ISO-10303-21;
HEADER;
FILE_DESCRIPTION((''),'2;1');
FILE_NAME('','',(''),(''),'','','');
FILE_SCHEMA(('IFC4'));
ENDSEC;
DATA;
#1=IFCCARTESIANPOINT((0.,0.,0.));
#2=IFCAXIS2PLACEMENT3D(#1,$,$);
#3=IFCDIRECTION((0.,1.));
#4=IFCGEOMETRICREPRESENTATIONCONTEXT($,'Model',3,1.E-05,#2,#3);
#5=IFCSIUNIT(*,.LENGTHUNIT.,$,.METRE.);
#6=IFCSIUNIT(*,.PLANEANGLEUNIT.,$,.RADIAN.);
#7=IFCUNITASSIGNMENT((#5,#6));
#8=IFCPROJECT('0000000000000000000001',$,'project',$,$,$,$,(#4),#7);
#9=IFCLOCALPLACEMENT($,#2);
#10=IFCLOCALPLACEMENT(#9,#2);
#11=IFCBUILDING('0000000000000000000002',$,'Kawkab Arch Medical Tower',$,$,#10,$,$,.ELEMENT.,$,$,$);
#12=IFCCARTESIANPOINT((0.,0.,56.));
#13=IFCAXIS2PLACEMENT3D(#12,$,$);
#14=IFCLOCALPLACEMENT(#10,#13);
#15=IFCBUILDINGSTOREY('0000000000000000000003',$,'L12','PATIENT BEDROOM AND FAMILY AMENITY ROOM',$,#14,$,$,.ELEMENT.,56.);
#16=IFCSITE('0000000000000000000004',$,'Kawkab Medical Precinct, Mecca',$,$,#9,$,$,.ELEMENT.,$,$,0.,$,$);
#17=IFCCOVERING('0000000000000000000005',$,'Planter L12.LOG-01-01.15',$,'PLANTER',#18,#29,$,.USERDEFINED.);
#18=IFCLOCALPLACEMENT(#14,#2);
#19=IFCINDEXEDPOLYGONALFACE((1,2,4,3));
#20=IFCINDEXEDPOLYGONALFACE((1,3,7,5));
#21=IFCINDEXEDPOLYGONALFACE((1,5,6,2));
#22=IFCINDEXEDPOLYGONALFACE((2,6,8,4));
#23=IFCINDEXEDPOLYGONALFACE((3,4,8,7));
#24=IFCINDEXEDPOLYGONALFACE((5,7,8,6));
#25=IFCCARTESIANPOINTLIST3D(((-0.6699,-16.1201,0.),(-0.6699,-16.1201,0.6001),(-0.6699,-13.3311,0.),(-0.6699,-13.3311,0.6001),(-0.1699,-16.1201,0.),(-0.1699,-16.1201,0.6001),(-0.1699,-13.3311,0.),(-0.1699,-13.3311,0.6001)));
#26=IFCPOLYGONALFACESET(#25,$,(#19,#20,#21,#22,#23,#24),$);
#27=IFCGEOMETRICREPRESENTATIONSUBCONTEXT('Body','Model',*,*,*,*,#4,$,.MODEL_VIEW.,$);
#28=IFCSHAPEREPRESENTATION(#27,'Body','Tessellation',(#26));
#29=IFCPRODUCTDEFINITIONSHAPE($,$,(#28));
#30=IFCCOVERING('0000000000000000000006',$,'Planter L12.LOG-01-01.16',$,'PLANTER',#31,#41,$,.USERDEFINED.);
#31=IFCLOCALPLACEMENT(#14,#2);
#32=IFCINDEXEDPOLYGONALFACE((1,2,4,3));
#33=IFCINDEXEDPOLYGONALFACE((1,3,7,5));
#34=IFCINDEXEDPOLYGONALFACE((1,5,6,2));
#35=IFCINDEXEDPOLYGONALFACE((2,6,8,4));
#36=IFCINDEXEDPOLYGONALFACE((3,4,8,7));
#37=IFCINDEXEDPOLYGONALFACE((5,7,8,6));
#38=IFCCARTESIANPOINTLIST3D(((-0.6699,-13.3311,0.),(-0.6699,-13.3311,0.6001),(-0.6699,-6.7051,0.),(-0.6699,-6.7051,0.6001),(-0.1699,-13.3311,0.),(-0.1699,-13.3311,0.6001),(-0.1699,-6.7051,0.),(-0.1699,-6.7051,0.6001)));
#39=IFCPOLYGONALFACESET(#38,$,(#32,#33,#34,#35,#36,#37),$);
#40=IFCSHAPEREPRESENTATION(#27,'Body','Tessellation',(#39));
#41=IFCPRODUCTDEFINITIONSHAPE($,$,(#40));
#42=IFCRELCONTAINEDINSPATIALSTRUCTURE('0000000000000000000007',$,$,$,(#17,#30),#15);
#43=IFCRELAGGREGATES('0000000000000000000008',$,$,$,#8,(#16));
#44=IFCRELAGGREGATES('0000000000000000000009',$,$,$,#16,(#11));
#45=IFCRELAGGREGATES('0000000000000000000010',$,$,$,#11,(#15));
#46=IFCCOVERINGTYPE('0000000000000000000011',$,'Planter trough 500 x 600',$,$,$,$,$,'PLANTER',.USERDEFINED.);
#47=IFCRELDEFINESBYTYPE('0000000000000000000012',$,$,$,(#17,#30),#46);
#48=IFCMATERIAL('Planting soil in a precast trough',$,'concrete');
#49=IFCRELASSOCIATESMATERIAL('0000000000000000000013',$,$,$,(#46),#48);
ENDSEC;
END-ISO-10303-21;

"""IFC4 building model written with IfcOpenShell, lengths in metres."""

from ifc_helpers import new_model, si_unit, direction, frame, origin, origin_2d, place, context, subcontext, project, spatial, rectangle, extrude, material, material_profile, profile_set, type_object, element, save


model = new_model("IFC4")

# Units and contexts
model_context = context("Model", 3, precision=1e-05, world=origin(), true_north=direction((0.0, 1.0)))
body_context = subcontext(model_context, "Body", "Model", "MODEL_VIEW")
ifc_project = project(units=[si_unit("LENGTHUNIT", "METRE"), si_unit("PLANEANGLEUNIT", "RADIAN")], contexts=[model_context])

# Site, building, storey
site_placement = place(None, origin())
site = spatial("IfcSite", under=ifc_project, at=site_placement, Name="Kawkab Medical Precinct, Mecca", CompositionType="ELEMENT", RefElevation=0.0)
building_placement = place(site_placement, origin())
building = spatial("IfcBuilding", under=site, at=building_placement, Name="Kawkab Arch Medical Tower", CompositionType="ELEMENT")
storey_placement = place(building_placement, frame((0.0, 0.0, 56.0)))
storey = spatial("IfcBuildingStorey", under=building, at=storey_placement, Name="L12", Description="PATIENT BEDROOM AND FAMILY AMENITY ROOM", CompositionType="ELEMENT", Elevation=56.0)

# Coverings
ifc_material_1 = material(Name="Planting soil in a precast trough", Category="concrete")
ifc_material_profile_1 = material_profile(ifc_material_1, rectangle(XDim=0.5, YDim=0.6001, at=origin_2d()), Name="Trough 500x600")
ifc_profile_set_1 = profile_set([ifc_material_profile_1], Name="Planting soil in a precast trough")
covering_type_1 = type_object("IfcCoveringType", Name="Planter trough 500 x 600", ElementType="PLANTER", PredefinedType="USERDEFINED", material=ifc_profile_set_1)
covering_1_placement = place(storey_placement, frame((-0.4199, -16.1201, 0.3), z_axis=(0.0, 1.0, 0.0), x_axis=(-1.0, 0.0, 0.0)))
element("IfcCovering", 1, at=covering_1_placement, inside=storey, type_object=covering_type_1, Name="Planter L12.LOG-01-01.15", ObjectType="PLANTER", PredefinedType="USERDEFINED", context=body_context, shape_type="SweptSolid", body=[
    extrude(rectangle(XDim=0.5, YDim=0.6001, at=origin_2d()), origin(), (0.0, 0.0, 1.0), 2.7891),
])
covering_2_placement = place(storey_placement, frame((-0.4199, -13.3311, 0.3), z_axis=(0.0, 1.0, 0.0), x_axis=(-1.0, 0.0, 0.0)))
element("IfcCovering", 2, at=covering_2_placement, inside=storey, type_object=covering_type_1, Name="Planter L12.LOG-01-01.16", ObjectType="PLANTER", PredefinedType="USERDEFINED", context=body_context, shape_type="SweptSolid", body=[
    extrude(rectangle(XDim=0.5, YDim=0.6001, at=origin_2d()), origin(), (0.0, 0.0, 1.0), 6.626),
])

save(model, "model.ifc")
